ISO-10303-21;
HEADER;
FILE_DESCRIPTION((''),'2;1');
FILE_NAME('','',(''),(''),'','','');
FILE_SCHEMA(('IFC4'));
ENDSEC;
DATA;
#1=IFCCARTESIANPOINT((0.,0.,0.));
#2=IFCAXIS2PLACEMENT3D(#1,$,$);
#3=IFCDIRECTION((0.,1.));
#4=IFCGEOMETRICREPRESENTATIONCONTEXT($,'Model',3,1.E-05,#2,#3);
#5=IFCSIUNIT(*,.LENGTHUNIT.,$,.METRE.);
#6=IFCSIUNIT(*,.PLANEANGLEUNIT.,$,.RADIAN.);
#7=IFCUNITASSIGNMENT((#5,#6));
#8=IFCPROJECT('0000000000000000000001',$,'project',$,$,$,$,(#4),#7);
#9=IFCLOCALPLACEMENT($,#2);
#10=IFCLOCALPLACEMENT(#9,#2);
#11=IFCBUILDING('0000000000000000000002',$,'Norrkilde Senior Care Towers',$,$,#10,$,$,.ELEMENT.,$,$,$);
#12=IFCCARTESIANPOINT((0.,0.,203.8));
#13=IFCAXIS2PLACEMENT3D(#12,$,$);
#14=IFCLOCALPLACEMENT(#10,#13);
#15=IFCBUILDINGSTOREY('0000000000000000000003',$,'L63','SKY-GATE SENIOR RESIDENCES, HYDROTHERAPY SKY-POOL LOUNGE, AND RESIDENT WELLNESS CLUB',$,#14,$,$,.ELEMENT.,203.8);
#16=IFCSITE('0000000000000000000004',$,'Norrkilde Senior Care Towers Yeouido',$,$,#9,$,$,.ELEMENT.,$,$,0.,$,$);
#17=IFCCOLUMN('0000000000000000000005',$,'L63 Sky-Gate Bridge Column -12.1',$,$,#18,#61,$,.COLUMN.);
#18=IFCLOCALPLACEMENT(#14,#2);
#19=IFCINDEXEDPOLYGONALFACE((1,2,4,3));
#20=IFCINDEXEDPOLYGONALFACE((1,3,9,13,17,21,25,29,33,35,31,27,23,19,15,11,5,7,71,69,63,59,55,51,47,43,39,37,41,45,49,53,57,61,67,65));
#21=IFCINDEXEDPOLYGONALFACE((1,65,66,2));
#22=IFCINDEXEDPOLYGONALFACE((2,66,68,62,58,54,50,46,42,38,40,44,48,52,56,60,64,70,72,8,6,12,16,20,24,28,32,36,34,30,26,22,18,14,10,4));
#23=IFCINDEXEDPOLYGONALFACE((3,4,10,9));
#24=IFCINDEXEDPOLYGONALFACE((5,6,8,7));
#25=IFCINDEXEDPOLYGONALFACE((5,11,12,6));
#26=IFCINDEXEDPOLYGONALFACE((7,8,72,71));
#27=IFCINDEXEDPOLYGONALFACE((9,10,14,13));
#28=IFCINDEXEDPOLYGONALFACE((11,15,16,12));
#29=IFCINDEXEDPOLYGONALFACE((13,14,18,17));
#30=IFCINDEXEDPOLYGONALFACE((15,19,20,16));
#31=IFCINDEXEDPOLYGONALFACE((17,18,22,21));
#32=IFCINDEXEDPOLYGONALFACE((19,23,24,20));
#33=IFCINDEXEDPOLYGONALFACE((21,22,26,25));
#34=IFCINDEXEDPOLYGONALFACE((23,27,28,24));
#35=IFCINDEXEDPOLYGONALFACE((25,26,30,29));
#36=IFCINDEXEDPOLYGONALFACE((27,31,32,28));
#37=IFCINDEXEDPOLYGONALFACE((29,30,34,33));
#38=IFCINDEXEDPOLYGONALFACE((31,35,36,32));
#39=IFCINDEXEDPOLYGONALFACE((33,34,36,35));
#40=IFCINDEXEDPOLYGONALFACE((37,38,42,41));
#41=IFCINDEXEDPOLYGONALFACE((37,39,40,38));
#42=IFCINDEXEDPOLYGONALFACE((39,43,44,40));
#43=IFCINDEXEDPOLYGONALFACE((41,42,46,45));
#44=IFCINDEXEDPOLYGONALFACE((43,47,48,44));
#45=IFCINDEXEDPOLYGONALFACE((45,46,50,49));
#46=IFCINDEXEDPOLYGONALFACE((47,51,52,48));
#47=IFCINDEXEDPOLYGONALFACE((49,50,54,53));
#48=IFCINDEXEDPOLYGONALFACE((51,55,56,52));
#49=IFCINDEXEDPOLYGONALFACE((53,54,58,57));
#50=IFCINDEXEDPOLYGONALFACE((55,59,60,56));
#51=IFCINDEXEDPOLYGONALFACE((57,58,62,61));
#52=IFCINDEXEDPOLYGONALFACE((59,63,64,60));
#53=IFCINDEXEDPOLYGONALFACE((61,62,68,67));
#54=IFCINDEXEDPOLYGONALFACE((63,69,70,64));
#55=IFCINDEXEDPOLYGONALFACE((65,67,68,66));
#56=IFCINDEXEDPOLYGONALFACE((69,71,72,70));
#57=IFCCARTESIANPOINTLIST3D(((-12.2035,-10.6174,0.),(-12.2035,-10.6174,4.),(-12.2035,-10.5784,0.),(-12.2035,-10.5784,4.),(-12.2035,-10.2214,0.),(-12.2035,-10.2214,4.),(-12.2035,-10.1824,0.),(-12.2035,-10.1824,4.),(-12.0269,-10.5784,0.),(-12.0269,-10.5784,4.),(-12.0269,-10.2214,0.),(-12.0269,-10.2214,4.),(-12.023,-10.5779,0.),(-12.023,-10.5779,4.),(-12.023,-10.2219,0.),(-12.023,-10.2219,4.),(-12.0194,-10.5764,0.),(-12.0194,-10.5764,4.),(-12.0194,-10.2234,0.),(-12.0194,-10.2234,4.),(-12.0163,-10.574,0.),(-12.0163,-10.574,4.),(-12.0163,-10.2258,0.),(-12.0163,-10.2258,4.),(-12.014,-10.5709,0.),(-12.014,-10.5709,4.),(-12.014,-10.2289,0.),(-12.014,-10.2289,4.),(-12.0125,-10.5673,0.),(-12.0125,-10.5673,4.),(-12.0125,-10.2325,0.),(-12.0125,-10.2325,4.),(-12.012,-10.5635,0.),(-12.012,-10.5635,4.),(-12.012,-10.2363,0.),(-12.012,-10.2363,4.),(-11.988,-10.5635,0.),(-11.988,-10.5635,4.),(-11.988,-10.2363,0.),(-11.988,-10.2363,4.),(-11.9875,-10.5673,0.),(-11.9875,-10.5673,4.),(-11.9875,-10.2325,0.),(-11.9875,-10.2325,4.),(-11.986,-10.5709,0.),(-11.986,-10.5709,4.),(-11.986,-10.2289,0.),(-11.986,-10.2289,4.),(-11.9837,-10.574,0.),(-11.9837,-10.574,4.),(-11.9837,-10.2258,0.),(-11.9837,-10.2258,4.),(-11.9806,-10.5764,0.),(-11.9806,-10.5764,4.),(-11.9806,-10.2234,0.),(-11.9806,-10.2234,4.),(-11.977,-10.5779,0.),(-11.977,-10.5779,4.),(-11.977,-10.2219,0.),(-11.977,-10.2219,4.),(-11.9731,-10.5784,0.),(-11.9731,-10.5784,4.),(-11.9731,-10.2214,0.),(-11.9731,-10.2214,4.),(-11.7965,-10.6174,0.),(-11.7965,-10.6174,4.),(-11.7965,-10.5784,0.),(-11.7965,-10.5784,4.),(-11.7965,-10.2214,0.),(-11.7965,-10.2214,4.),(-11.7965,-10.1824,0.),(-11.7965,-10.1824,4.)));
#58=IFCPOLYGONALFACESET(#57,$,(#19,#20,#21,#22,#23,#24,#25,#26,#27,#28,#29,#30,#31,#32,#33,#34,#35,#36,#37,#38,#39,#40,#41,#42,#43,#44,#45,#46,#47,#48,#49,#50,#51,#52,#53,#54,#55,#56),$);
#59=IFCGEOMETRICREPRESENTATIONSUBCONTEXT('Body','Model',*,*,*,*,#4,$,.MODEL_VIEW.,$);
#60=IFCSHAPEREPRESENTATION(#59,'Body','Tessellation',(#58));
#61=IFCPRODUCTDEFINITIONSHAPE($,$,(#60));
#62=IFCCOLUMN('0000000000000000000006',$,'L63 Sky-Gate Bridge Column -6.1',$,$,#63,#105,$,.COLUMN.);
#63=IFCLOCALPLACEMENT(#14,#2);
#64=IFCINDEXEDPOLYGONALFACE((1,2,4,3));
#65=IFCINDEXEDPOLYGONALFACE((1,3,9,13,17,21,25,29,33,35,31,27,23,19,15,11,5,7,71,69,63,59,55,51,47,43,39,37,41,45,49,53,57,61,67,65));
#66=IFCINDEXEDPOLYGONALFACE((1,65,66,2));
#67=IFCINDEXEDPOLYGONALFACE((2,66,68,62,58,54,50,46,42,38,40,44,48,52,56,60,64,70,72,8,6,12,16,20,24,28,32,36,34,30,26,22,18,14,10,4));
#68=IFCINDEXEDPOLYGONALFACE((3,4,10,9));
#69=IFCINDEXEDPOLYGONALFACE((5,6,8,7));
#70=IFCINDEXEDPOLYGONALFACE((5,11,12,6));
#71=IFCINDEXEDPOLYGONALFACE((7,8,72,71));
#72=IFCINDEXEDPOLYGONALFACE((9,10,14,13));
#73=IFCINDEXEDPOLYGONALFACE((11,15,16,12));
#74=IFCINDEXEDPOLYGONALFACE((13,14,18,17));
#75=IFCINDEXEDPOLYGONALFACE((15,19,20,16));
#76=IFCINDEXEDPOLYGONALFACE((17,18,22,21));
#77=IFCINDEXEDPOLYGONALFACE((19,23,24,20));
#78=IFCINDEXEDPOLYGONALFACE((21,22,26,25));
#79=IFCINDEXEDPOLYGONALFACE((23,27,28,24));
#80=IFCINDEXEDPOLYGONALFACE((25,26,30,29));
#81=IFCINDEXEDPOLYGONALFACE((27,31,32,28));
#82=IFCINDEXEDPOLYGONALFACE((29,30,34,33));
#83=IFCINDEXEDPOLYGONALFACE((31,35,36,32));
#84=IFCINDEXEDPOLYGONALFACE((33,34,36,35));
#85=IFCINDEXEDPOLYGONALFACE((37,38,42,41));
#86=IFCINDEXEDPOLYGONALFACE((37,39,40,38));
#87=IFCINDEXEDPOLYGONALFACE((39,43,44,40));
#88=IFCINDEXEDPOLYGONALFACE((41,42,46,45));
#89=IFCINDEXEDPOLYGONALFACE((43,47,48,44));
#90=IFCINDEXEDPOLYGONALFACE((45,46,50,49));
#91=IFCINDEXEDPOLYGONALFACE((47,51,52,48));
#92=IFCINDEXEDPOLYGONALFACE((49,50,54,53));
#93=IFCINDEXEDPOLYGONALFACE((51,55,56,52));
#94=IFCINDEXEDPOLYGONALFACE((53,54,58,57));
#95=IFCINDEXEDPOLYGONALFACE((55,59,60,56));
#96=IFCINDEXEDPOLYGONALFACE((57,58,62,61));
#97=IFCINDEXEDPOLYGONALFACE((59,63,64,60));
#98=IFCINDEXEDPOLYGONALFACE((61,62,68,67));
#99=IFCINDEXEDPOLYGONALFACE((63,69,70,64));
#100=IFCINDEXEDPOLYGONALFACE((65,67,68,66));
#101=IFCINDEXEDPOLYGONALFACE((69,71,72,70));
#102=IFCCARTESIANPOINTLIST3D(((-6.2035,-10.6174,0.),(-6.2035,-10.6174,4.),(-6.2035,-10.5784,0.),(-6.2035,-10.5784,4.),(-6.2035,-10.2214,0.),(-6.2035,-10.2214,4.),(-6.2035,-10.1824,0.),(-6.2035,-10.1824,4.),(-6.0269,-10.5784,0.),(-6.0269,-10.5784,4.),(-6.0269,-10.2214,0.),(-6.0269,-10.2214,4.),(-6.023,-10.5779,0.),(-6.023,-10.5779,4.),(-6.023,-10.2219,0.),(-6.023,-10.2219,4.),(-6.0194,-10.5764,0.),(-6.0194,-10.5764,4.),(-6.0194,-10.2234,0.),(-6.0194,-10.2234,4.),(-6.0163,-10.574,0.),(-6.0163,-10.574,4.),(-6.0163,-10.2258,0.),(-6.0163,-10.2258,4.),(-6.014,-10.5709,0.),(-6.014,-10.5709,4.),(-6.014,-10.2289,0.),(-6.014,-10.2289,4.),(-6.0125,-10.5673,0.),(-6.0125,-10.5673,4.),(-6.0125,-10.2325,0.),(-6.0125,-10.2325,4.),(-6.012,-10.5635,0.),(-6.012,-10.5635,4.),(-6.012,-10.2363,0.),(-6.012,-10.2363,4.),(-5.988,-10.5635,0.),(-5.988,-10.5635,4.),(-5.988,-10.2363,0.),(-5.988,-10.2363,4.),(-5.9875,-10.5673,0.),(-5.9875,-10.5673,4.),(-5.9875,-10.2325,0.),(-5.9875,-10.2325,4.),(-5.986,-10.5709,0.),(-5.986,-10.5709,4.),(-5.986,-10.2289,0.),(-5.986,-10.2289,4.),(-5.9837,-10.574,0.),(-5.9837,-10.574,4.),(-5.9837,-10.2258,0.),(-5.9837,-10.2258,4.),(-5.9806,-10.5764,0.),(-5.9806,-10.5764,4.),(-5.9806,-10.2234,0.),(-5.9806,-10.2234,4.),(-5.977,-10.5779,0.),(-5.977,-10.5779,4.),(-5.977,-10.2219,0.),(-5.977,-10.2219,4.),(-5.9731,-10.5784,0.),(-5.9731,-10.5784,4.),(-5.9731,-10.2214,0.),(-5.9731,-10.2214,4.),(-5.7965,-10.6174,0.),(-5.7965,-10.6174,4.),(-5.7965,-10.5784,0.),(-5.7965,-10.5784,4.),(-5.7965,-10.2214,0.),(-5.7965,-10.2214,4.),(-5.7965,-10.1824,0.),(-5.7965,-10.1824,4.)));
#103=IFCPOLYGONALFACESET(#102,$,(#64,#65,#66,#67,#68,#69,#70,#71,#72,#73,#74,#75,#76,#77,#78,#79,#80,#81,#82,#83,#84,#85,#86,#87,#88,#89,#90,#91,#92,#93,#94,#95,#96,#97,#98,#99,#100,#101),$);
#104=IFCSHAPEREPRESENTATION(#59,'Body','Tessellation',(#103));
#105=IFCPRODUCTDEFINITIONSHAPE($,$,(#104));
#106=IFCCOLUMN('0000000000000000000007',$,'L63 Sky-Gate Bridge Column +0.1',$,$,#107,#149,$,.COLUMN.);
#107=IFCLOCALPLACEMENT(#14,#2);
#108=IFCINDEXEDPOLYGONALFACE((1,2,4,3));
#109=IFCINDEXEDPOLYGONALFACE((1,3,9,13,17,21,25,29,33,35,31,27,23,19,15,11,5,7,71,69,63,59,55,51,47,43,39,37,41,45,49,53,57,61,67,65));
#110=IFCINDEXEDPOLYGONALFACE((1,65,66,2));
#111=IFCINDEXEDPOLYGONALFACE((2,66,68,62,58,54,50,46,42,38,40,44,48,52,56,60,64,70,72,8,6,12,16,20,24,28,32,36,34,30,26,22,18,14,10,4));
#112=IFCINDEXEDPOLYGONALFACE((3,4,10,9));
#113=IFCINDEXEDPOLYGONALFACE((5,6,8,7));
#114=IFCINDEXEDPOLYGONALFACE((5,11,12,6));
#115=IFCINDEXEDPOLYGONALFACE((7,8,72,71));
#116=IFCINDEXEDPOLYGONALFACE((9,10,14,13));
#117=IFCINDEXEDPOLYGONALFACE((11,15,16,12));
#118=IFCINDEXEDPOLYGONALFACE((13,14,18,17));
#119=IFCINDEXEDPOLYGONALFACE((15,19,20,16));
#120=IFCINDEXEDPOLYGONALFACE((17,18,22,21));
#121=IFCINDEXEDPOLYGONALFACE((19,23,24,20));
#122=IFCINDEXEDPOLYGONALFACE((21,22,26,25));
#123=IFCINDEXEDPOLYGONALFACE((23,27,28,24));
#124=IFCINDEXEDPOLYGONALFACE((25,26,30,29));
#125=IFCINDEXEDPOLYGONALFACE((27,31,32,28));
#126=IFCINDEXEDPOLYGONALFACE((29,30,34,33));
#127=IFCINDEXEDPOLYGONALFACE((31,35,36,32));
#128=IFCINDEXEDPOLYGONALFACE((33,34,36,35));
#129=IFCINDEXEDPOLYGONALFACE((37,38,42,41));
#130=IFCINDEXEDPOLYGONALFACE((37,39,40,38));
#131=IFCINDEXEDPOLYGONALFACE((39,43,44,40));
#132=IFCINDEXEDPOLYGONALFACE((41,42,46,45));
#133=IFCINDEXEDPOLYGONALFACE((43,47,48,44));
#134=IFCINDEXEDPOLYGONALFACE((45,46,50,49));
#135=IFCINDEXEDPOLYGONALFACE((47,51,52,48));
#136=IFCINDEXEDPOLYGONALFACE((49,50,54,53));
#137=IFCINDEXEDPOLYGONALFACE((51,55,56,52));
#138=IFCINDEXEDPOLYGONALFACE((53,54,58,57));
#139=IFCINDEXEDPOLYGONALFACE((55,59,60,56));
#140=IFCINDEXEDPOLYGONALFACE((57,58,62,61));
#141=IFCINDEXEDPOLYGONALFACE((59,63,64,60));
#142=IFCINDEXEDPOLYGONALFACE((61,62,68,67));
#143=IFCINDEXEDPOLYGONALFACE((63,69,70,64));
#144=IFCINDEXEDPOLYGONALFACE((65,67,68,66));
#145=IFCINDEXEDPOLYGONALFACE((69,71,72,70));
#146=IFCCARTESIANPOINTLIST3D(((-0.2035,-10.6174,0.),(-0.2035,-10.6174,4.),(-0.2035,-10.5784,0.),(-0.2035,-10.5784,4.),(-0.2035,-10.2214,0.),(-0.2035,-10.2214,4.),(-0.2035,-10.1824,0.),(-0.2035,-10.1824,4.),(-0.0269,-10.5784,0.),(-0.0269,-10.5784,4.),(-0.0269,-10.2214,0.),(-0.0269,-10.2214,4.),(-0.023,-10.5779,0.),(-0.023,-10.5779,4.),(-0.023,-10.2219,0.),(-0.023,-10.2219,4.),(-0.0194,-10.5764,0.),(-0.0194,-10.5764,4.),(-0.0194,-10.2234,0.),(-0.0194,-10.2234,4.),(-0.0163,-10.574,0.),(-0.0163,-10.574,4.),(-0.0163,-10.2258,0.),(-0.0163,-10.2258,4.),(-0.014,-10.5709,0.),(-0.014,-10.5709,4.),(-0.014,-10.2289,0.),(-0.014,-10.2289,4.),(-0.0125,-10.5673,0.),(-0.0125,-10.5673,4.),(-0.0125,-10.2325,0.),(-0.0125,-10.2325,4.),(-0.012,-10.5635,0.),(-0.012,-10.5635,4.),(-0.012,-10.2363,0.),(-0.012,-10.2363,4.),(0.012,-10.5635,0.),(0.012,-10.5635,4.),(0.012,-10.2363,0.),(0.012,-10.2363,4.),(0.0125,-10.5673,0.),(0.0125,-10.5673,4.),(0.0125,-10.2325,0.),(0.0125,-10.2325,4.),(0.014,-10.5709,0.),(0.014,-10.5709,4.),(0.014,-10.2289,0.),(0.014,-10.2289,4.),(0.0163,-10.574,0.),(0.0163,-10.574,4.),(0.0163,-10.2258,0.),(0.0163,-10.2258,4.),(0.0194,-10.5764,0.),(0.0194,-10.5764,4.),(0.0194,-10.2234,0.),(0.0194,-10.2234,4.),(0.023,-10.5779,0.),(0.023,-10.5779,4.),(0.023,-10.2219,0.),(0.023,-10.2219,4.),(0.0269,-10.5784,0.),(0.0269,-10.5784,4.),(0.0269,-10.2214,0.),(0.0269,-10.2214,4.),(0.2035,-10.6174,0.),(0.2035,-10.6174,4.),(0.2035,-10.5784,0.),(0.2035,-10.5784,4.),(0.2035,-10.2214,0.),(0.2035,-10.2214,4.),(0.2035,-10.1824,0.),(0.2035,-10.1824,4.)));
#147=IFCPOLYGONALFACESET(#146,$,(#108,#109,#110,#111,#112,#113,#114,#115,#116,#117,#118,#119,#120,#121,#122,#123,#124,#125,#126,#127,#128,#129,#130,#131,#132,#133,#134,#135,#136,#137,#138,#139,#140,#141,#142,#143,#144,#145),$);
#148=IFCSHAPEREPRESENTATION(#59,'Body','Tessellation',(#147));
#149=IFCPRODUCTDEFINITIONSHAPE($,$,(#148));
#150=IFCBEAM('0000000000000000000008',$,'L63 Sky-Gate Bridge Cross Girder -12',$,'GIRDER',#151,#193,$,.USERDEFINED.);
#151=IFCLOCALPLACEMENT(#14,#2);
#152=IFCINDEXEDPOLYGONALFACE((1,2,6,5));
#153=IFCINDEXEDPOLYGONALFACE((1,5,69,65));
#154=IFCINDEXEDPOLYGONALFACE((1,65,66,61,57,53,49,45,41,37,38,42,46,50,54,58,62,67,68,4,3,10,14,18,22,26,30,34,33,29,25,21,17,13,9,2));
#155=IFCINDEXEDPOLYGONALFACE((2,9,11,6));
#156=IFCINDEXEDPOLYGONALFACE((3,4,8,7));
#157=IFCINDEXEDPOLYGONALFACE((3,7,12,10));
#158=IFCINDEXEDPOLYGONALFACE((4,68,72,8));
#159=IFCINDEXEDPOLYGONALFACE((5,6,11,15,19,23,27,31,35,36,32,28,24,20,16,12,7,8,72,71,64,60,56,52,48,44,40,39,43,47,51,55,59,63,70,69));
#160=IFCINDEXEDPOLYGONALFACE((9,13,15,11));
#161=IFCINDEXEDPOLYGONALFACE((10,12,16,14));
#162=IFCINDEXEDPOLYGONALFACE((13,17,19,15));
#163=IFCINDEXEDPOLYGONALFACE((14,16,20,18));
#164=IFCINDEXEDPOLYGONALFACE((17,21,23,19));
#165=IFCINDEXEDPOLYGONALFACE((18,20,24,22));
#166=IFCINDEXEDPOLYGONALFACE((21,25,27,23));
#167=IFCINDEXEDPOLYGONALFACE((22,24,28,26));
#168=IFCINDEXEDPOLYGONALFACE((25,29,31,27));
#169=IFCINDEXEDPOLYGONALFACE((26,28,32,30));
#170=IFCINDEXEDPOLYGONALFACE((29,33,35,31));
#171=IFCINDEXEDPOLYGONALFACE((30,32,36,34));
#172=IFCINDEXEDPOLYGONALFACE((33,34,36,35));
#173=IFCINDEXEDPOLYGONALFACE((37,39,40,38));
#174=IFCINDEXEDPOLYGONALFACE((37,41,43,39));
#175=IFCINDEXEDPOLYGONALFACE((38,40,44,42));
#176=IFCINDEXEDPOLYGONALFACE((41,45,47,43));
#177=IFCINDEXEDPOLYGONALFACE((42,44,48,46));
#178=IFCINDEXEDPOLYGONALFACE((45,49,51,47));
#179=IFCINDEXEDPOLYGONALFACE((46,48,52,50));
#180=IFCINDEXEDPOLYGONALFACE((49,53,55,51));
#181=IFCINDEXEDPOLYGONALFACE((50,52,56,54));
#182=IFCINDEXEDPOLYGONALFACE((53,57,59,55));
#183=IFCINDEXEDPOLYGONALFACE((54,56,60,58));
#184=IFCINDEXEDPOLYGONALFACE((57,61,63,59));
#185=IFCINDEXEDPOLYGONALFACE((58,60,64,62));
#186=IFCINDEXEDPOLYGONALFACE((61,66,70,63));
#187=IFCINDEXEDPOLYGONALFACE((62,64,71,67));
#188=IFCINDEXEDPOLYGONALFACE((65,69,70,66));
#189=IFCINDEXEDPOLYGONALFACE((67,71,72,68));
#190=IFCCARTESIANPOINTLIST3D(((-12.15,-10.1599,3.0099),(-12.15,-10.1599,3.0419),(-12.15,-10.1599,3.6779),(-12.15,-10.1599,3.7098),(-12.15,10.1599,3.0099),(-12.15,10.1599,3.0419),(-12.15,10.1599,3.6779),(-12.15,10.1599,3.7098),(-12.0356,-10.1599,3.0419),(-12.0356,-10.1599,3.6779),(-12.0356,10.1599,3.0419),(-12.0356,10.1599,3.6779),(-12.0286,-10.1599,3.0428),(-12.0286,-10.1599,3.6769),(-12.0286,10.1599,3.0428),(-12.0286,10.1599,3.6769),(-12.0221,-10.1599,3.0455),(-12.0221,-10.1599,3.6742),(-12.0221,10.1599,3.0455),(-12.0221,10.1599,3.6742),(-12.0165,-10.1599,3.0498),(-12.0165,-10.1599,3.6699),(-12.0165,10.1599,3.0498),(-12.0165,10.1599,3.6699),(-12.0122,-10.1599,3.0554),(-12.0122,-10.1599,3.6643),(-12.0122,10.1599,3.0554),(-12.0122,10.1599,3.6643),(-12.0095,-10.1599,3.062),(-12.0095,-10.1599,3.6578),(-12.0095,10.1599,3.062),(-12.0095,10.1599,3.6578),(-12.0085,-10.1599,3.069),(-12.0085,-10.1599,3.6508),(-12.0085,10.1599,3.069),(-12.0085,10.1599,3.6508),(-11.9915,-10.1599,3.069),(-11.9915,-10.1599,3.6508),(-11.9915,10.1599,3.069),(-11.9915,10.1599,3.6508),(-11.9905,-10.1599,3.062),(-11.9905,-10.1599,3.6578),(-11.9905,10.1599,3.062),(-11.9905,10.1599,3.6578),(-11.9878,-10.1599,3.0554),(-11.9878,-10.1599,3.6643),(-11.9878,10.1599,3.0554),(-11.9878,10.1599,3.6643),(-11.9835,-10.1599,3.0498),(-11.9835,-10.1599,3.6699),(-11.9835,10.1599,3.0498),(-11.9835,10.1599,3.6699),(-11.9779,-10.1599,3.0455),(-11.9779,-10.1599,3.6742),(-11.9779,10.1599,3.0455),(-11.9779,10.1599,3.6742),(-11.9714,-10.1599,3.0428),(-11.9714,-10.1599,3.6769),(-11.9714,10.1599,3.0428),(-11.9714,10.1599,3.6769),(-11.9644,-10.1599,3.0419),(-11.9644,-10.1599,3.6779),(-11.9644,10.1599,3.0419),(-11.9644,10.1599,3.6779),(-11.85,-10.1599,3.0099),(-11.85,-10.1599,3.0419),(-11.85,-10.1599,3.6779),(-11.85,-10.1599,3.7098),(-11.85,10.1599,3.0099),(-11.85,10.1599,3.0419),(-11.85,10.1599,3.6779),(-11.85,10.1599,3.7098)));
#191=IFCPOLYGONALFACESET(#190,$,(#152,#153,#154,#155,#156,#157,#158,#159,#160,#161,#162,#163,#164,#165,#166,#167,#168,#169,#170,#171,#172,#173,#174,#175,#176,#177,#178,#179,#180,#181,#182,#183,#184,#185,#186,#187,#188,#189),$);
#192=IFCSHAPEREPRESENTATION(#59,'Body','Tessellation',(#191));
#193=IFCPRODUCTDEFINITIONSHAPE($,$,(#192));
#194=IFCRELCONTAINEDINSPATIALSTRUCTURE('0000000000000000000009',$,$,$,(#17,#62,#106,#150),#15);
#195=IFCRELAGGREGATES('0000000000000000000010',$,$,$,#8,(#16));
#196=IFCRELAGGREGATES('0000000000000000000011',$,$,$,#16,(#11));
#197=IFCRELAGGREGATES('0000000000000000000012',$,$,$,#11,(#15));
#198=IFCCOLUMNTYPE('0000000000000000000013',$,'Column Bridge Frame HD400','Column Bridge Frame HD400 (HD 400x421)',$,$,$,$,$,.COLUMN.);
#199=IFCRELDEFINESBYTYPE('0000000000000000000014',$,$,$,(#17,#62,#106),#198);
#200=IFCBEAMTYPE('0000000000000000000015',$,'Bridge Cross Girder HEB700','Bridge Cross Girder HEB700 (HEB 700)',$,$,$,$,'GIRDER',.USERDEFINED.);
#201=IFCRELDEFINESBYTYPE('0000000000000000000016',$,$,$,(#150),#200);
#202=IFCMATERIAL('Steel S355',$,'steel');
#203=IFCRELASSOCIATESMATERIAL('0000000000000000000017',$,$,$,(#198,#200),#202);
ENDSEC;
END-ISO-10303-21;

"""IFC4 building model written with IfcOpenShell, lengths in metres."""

from ifc_helpers import new_model, si_unit, direction, frame, origin, origin_2d, place, context, subcontext, project, spatial, i_section, extrude, source, transform, mapped, material, material_profile, profile_set, type_object, type_shapes, element, save


model = new_model("IFC4")

# Units and contexts
model_context = context("Model", 3, precision=1e-05, world=origin(), true_north=direction((0.0, 1.0)))
body_context = subcontext(model_context, "Body", "Model", "MODEL_VIEW")
ifc_project = project(units=[si_unit("LENGTHUNIT", "METRE"), si_unit("PLANEANGLEUNIT", "RADIAN")], contexts=[model_context])

# Site, building, storey
site_placement = place(None, origin())
site = spatial("IfcSite", under=ifc_project, at=site_placement, Name="Norrkilde Senior Care Towers Yeouido", CompositionType="ELEMENT", RefElevation=0.0)
building_placement = place(site_placement, origin())
building = spatial("IfcBuilding", under=site, at=building_placement, Name="Norrkilde Senior Care Towers", CompositionType="ELEMENT")
storey_placement = place(building_placement, frame((0.0, 0.0, 203.8)))
storey = spatial("IfcBuildingStorey", under=building, at=storey_placement, Name="L63", Description="SKY-GATE SENIOR RESIDENCES, HYDROTHERAPY SKY-POOL LOUNGE, AND RESIDENT WELLNESS CLUB", CompositionType="ELEMENT", Elevation=203.8)

# Columns
ifc_material_1 = material(Name="Steel S355", Category="steel")
ifc_material_profile_1 = material_profile(ifc_material_1, i_section(OverallWidth=0.407, OverallDepth=0.4351, WebThickness=0.0239, FlangeThickness=0.0391, FilletRadius=0.0149, at=origin_2d()), Name="HD 400x421")
ifc_profile_set_1 = profile_set([ifc_material_profile_1], Name="Steel S355")
column_type = type_object("IfcColumnType", Name="Column Bridge Frame HD400", Description="Column Bridge Frame HD400 (HD 400x421)", PredefinedType="COLUMN", material=ifc_profile_set_1)
shared_shape_1 = source(origin(), body_context, "Body", "SweptSolid", [
    extrude(i_section(OverallWidth=0.407, OverallDepth=0.4351, WebThickness=0.0239, FlangeThickness=0.0391, FilletRadius=0.0149, at=origin_2d()), origin(), (0.0, 0.0, 1.0), 4.0),
])
type_shapes(column_type, [shared_shape_1])
for number, where, z_axis, x_axis, name in (
    (1, (-12.0, -10.3999, 0.0), (0.0, 0.0, 1.0), (1.0, 0.0, 0.0), "L63 Sky-Gate Bridge Column -12.1"),
    (2, (-6.0, -10.3999, 0.0), (0.0, 0.0, 1.0), (1.0, 0.0, 0.0), "L63 Sky-Gate Bridge Column -6.1"),
    (3, (0.0, -10.3999, 0.0), (0.0, 0.0, 1.0), (1.0, 0.0, 0.0), "L63 Sky-Gate Bridge Column +0.1"),
):
    element("IfcColumn", number, at=place(storey_placement, frame(where, z_axis=z_axis, x_axis=x_axis)), inside=storey, type_object=column_type, Name=name, PredefinedType="COLUMN", context=body_context, shape_type="MappedRepresentation", body=[
        mapped(shared_shape_1, transform((0.0, 0.0, 0.0), x_axis=(1.0, 0.0, 0.0), y_axis=(0.0, 1.0, 0.0), z_axis=(0.0, 0.0, 1.0), scale=1.0)),
    ])

# Beam
ifc_material_profile_2 = material_profile(ifc_material_1, i_section(OverallWidth=0.3, OverallDepth=0.7, WebThickness=0.0171, FlangeThickness=0.032, FilletRadius=0.0271, at=origin_2d()), Name="HEB 700")
ifc_profile_set_2 = profile_set([ifc_material_profile_2], Name="Steel S355")
beam_type_1 = type_object("IfcBeamType", Name="Bridge Cross Girder HEB700", Description="Bridge Cross Girder HEB700 (HEB 700)", ElementType="GIRDER", PredefinedType="USERDEFINED", material=ifc_profile_set_2)
shared_shape_2 = source(origin(), body_context, "Body", "SweptSolid", [
    extrude(i_section(OverallWidth=0.3, OverallDepth=0.7, WebThickness=0.0171, FlangeThickness=0.032, FilletRadius=0.0271, at=origin_2d()), origin(), (0.0, 0.0, 1.0), 20.3198),
])
beam_placement = place(storey_placement, frame((-12.0, -10.1599, 3.3599), z_axis=(0.0, 1.0, 0.0), x_axis=(-1.0, 0.0, 0.0)))
element("IfcBeam", 4, at=beam_placement, inside=storey, type_object=beam_type_1, Name="L63 Sky-Gate Bridge Cross Girder -12", ObjectType="GIRDER", PredefinedType="USERDEFINED", context=body_context, shape_type="MappedRepresentation", body=[
    mapped(shared_shape_2, transform((0.0, 0.0, 0.0), x_axis=(1.0, 0.0, 0.0), y_axis=(0.0, 1.0, 0.0), z_axis=(0.0, 0.0, 1.0), scale=1.0)),
])

save(model, "model.ifc")
